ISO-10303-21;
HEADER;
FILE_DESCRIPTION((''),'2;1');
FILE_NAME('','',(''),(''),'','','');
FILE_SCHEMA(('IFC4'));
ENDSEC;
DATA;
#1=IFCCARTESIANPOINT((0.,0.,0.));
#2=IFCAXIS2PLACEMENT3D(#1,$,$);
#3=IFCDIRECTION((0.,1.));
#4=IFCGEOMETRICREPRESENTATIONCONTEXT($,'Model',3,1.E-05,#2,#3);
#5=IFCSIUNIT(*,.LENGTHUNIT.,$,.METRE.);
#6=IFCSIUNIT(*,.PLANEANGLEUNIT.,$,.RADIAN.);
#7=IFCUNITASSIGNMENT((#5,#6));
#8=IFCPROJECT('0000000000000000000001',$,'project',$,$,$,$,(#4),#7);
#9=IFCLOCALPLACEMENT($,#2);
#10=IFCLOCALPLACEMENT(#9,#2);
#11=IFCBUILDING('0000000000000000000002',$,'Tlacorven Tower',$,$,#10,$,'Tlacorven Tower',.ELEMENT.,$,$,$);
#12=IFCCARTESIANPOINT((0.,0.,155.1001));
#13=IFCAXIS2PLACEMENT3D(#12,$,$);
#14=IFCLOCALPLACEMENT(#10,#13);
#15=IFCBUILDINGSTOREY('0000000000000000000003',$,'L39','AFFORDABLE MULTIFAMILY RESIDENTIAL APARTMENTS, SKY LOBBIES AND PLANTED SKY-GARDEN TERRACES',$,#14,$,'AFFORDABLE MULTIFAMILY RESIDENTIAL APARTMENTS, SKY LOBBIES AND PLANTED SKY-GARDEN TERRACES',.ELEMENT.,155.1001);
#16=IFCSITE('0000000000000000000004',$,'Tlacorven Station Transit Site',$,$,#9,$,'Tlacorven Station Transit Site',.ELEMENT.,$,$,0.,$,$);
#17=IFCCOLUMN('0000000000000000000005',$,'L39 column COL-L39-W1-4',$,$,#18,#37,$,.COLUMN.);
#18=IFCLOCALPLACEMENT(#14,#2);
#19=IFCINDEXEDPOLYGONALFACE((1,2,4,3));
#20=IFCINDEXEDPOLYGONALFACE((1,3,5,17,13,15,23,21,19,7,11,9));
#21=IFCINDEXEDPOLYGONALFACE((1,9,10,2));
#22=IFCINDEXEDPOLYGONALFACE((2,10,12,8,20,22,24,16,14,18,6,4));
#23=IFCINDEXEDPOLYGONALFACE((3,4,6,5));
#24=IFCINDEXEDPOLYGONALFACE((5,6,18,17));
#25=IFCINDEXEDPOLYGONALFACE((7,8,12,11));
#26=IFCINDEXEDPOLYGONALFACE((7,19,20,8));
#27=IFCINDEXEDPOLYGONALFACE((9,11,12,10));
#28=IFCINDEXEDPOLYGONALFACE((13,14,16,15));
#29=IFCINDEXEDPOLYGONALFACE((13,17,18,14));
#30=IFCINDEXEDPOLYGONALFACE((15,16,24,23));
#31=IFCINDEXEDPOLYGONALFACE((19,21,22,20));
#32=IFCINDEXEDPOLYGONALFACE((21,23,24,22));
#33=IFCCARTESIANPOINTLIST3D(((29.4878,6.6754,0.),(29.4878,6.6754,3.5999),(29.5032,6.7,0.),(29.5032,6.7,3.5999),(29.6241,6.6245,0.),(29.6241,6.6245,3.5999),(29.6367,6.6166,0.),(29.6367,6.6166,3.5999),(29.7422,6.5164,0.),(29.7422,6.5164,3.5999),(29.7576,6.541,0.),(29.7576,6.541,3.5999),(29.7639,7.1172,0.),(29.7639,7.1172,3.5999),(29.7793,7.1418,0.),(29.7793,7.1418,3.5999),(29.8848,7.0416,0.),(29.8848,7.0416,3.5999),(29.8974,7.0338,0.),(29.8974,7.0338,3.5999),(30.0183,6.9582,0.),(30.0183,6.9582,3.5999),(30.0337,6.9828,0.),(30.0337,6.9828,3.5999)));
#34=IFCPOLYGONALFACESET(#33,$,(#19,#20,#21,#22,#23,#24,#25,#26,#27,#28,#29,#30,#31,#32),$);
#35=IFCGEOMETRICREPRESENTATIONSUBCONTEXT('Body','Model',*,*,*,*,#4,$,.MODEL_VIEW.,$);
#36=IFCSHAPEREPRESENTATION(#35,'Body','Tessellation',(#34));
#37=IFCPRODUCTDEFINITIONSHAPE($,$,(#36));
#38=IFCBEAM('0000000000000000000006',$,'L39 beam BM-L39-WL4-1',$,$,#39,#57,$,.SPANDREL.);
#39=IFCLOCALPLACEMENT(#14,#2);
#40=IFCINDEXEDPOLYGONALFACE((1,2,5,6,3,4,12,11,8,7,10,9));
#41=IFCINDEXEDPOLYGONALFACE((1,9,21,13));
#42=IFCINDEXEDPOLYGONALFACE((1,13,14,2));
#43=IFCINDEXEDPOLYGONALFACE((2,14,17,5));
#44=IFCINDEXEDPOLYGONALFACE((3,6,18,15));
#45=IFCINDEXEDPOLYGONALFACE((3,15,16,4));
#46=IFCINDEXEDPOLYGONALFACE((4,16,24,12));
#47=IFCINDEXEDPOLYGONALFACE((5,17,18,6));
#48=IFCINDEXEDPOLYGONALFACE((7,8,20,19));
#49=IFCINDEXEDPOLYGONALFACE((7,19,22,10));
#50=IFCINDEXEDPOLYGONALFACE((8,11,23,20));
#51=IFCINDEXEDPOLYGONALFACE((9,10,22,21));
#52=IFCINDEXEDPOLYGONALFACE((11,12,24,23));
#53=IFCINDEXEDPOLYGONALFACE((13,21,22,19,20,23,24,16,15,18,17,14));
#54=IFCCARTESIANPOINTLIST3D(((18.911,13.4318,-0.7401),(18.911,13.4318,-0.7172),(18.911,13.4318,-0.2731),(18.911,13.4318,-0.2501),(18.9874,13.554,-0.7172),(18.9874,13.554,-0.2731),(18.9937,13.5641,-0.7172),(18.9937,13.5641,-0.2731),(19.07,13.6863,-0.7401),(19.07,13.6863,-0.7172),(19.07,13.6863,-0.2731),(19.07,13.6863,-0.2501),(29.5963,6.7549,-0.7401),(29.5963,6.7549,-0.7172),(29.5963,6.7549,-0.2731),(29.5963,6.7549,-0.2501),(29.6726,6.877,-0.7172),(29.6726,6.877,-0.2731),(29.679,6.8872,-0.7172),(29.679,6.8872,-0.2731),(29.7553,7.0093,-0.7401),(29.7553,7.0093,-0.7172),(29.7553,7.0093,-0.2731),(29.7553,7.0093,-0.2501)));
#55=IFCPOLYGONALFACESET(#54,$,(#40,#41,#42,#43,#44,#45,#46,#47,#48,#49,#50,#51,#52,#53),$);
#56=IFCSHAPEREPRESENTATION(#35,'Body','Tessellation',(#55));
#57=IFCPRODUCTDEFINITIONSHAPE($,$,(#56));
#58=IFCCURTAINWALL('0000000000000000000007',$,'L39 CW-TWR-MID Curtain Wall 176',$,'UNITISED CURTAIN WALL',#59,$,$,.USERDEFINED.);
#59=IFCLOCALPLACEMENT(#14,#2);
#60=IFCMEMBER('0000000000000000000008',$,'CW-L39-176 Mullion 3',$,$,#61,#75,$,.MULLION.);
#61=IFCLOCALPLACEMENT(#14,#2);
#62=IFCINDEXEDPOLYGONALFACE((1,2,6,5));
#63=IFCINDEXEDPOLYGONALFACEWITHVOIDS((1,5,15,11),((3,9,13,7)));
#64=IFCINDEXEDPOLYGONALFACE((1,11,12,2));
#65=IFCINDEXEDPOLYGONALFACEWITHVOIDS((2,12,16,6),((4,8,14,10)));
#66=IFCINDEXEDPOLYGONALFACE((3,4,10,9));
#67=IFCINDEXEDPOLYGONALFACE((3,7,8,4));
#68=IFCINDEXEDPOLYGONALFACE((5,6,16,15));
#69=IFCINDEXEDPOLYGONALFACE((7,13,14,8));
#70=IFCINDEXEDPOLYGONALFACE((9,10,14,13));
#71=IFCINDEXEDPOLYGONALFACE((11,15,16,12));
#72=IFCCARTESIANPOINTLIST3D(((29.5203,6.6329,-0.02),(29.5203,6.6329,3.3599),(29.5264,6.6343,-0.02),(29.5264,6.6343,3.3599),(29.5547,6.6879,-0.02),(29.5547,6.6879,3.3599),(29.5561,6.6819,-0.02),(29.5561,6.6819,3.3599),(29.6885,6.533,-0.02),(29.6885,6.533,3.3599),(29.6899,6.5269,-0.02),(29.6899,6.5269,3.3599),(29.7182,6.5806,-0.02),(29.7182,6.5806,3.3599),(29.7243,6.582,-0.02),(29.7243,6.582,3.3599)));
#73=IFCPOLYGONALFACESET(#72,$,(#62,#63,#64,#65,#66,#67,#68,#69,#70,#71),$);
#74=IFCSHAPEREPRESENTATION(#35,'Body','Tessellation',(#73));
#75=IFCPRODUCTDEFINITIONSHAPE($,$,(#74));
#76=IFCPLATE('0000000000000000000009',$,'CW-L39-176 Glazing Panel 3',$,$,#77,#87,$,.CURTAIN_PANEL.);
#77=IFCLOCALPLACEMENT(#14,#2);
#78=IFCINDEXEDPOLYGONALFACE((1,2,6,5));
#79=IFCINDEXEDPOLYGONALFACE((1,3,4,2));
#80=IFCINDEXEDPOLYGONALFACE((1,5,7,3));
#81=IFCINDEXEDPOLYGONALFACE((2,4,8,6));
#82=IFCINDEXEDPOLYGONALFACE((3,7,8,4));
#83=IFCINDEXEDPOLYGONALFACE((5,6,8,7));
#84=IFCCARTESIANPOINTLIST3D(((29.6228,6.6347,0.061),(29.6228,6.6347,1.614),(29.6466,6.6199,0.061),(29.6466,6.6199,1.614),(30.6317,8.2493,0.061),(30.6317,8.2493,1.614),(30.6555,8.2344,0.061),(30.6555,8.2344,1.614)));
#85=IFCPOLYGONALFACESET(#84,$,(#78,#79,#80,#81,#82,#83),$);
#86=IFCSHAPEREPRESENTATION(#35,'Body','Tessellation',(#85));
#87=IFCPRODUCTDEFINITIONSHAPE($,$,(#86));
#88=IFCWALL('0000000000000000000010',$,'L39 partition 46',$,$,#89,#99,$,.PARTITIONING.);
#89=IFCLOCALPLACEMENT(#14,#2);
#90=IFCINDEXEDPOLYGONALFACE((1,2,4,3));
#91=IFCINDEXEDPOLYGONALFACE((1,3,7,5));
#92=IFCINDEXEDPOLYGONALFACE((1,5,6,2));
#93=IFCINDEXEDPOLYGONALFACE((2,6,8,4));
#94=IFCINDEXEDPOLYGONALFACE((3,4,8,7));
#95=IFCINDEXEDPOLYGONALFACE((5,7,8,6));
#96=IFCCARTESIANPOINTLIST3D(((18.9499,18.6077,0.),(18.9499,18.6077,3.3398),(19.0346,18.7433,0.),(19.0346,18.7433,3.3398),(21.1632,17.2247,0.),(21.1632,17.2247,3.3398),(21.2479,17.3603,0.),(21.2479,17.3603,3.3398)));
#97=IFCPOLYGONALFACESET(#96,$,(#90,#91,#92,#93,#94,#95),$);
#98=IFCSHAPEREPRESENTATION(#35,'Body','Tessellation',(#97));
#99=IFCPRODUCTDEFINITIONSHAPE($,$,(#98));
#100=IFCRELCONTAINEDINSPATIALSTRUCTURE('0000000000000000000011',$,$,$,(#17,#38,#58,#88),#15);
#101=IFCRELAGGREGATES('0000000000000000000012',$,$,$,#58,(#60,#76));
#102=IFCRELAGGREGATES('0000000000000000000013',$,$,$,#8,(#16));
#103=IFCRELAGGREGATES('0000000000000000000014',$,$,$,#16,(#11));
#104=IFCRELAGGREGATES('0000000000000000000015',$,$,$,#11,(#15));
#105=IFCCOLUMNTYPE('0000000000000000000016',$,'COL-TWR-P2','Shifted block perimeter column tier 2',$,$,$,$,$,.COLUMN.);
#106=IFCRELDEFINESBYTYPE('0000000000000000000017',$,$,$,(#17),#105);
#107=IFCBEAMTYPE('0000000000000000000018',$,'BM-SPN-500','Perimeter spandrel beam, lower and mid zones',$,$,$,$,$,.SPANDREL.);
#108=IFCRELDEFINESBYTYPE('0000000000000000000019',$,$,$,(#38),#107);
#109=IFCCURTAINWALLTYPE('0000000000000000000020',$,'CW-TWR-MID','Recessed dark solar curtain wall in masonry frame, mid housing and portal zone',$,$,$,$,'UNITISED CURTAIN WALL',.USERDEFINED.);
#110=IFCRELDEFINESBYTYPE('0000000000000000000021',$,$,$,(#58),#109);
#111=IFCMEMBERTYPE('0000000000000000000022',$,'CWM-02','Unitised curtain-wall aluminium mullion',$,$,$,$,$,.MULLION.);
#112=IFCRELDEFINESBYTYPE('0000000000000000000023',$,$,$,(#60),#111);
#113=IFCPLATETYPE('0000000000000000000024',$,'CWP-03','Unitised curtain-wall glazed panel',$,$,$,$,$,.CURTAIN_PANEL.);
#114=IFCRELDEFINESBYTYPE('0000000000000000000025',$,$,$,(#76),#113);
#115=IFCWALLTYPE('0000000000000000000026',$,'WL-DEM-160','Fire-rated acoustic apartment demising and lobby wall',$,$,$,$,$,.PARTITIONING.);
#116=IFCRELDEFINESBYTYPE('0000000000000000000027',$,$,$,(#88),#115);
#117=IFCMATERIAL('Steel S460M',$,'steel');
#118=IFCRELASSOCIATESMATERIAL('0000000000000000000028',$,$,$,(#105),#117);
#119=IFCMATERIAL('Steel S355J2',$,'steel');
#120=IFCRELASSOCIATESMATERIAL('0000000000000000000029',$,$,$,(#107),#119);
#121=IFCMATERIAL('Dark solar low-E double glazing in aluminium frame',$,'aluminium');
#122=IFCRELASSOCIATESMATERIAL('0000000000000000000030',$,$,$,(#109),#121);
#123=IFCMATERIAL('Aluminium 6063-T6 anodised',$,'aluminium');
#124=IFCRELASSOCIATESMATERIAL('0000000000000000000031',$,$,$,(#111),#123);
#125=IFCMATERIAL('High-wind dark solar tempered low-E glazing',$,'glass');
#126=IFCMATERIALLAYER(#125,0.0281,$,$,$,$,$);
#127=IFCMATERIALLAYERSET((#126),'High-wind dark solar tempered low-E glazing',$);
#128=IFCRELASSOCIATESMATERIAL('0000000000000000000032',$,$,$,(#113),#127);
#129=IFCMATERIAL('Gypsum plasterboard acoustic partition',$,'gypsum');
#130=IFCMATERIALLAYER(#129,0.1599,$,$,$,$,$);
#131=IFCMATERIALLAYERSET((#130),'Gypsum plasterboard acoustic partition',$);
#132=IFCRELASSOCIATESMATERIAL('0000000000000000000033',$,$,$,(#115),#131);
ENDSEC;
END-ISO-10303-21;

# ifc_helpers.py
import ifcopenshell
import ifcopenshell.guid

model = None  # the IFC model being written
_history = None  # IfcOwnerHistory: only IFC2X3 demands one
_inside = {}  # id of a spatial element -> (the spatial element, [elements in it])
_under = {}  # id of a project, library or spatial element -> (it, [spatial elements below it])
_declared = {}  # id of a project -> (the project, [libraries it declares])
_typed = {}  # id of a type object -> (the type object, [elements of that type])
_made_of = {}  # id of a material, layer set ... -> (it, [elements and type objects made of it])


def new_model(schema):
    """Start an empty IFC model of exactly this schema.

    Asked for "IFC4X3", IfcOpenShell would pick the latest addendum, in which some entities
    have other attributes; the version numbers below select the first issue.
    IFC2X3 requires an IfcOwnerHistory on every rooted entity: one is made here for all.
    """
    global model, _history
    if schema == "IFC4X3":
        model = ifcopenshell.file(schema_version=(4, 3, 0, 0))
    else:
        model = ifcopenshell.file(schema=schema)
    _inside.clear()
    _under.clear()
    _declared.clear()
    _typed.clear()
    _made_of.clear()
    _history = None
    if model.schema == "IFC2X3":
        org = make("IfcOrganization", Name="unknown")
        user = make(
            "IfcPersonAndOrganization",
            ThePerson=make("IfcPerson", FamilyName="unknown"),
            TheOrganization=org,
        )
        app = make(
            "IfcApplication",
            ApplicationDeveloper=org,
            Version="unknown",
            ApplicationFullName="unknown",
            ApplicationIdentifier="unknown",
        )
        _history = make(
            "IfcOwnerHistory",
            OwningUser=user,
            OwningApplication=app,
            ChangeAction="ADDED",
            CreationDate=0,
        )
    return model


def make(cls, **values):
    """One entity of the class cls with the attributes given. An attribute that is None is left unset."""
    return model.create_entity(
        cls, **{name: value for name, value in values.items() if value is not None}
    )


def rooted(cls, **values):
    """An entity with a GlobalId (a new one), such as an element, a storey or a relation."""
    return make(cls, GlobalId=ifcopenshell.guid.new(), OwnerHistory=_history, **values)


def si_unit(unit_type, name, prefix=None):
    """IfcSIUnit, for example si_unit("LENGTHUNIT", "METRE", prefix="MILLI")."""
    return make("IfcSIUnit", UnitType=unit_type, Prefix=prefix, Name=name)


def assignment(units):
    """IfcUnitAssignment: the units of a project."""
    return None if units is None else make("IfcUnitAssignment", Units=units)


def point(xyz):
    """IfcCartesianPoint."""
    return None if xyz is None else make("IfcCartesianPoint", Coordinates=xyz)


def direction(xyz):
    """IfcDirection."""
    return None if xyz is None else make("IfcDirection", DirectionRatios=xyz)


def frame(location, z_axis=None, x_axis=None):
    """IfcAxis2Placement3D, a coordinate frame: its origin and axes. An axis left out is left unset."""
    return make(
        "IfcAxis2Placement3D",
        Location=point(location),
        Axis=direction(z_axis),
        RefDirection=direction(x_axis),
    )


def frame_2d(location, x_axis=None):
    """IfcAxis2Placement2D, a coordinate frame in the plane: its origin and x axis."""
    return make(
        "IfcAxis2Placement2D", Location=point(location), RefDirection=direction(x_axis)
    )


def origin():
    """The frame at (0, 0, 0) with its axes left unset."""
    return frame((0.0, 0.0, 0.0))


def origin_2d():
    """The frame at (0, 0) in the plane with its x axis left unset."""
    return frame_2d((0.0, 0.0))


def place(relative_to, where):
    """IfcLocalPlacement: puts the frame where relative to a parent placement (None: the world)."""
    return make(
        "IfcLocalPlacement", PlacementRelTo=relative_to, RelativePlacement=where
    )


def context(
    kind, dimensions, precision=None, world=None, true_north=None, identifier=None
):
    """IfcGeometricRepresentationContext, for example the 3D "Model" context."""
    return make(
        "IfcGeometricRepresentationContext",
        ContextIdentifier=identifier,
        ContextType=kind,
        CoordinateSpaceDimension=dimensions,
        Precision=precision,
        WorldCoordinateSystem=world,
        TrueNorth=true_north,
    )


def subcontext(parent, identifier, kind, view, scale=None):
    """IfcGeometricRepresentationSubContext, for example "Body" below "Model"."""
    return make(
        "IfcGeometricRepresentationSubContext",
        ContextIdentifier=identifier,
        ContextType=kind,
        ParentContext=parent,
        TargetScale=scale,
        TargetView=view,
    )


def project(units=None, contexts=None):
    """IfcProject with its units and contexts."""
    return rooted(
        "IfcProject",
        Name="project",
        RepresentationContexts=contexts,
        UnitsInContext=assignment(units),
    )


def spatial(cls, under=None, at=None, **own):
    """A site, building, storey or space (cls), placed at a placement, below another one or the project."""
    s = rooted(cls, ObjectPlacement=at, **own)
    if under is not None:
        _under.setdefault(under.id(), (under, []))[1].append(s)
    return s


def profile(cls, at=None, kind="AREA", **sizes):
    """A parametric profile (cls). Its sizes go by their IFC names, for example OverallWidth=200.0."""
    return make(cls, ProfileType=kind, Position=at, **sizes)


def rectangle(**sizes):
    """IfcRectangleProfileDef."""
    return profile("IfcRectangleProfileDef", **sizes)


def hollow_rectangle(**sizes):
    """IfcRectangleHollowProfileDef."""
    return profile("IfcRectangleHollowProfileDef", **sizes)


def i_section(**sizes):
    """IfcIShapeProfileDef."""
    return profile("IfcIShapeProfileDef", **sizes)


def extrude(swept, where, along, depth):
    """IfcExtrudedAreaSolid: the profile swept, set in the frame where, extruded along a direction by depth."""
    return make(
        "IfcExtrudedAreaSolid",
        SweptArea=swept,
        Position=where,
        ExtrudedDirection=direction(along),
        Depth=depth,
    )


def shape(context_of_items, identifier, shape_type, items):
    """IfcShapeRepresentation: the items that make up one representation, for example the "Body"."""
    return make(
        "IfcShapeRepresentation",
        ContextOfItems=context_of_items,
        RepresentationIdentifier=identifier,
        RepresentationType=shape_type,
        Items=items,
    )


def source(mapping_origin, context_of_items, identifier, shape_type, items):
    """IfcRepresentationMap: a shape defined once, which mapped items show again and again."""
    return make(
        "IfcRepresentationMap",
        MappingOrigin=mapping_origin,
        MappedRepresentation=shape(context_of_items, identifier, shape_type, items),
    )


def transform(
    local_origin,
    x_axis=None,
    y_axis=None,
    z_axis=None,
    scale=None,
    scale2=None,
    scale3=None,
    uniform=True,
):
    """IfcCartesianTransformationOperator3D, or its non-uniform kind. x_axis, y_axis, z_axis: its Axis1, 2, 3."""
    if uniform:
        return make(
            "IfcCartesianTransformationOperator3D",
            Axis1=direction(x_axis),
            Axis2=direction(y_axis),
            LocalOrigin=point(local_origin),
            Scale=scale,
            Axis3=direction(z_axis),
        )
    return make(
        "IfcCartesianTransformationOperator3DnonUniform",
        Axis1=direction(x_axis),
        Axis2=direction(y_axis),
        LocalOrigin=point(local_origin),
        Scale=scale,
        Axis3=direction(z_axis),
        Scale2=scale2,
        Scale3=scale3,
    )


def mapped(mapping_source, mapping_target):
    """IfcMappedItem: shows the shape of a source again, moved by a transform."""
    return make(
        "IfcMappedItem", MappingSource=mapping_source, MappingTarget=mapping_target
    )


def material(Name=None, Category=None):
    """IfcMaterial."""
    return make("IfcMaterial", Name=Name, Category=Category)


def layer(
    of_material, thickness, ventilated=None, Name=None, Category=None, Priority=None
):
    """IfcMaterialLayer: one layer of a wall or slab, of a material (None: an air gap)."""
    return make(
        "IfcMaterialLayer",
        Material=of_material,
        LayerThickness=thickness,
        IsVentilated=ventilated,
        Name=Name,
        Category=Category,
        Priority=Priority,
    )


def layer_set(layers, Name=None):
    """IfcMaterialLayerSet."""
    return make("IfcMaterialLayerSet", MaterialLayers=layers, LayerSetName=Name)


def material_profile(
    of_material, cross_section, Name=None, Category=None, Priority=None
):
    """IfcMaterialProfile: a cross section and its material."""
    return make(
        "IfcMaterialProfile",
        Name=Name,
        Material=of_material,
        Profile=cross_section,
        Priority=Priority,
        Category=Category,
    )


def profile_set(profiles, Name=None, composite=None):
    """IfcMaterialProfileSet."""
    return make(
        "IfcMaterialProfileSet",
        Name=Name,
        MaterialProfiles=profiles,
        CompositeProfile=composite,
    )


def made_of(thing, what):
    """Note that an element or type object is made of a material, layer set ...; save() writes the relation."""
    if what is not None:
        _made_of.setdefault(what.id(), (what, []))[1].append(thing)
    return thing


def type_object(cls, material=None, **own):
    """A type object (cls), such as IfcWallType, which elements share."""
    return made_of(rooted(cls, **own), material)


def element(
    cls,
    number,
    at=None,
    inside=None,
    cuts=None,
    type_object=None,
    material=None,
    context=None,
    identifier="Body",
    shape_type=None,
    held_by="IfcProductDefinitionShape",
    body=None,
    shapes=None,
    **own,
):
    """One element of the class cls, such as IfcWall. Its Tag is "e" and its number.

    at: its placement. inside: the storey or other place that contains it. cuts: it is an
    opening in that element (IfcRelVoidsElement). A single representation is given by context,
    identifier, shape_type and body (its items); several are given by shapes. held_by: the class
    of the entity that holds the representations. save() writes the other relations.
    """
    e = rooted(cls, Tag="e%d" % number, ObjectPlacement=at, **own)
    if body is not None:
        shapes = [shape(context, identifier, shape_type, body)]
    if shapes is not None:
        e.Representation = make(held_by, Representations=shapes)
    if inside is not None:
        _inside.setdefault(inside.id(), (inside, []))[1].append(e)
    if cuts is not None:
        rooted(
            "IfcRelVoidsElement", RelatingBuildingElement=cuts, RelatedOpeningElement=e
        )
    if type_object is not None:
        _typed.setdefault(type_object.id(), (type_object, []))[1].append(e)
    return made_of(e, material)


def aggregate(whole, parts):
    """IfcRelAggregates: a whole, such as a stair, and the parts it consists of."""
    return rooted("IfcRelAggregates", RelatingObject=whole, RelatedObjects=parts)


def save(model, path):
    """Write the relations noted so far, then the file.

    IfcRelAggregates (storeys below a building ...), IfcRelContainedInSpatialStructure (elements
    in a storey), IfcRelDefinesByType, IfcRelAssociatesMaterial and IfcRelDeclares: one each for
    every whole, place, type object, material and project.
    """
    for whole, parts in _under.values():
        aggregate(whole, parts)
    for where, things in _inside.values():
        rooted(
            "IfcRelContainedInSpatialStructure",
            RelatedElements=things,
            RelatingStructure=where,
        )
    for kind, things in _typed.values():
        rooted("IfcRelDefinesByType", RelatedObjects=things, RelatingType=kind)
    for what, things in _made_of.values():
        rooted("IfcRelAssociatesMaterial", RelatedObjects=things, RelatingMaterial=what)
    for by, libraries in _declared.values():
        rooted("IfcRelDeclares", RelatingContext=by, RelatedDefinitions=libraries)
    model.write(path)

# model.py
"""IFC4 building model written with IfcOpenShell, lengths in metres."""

from ifc_helpers import new_model, si_unit, direction, frame, frame_2d, origin, origin_2d, place, context, subcontext, project, spatial, rectangle, hollow_rectangle, i_section, extrude, source, transform, mapped, material, layer, layer_set, material_profile, profile_set, type_object, element, aggregate, save


model = new_model("IFC4")

# Units and contexts
model_context = context("Model", 3, precision=1e-05, world=origin(), true_north=direction((0.0, 1.0)))
body_context = subcontext(model_context, "Body", "Model", "MODEL_VIEW")
ifc_project = project(units=[si_unit("LENGTHUNIT", "METRE"), si_unit("PLANEANGLEUNIT", "RADIAN")], contexts=[model_context])

# Site, building, storey
site_placement = place(None, origin())
site = spatial("IfcSite", under=ifc_project, at=site_placement, Name="Tlacorven Station Transit Site", LongName="Tlacorven Station Transit Site", CompositionType="ELEMENT", RefElevation=0.0)
building_placement = place(site_placement, origin())
building = spatial("IfcBuilding", under=site, at=building_placement, Name="Tlacorven Tower", LongName="Tlacorven Tower", CompositionType="ELEMENT")
storey_placement = place(building_placement, frame((0.0, 0.0, 155.1001)))
storey = spatial("IfcBuildingStorey", under=building, at=storey_placement, Name="L39", Description="AFFORDABLE MULTIFAMILY RESIDENTIAL APARTMENTS, SKY LOBBIES AND PLANTED SKY-GARDEN TERRACES", LongName="AFFORDABLE MULTIFAMILY RESIDENTIAL APARTMENTS, SKY LOBBIES AND PLANTED SKY-GARDEN TERRACES", CompositionType="ELEMENT", Elevation=155.1001)

# Column
ifc_material_1 = material(Name="Steel S460M", Category="steel")
ifc_material_profile_1 = material_profile(ifc_material_1, i_section(OverallWidth=0.3, OverallDepth=0.55, WebThickness=0.0149, FlangeThickness=0.0291, at=origin_2d()), Name="HEB 550")
ifc_profile_set_1 = profile_set([ifc_material_profile_1], Name="Steel S460M")
column_type = type_object("IfcColumnType", Name="COL-TWR-P2", Description="Shifted block perimeter column tier 2", PredefinedType="COLUMN", material=ifc_profile_set_1)
shared_shape_1 = source(origin(), body_context, "Body", "SweptSolid", [
    extrude(i_section(OverallWidth=0.3, OverallDepth=0.55, WebThickness=0.0149, FlangeThickness=0.0291, at=origin_2d()), origin(), (0.0, 0.0, 1.0), 3.5999),
])
column_placement = place(storey_placement, frame((29.7607, 6.8291, 0.0), z_axis=(0.0, 0.0, 1.0), x_axis=(-0.848048, 0.529919, 0.0)))
element("IfcColumn", 1, at=column_placement, inside=storey, type_object=column_type, Name="L39 column COL-L39-W1-4", PredefinedType="COLUMN", context=body_context, shape_type="MappedRepresentation", body=[
    mapped(shared_shape_1, transform((0.0, 0.0, 0.0), scale=1.0)),
])

# Beam
ifc_material_2 = material(Name="Steel S355J2", Category="steel")
ifc_material_profile_2 = material_profile(ifc_material_2, i_section(OverallWidth=0.3, OverallDepth=0.49, WebThickness=0.012, FlangeThickness=0.0229, at=origin_2d()), Name="HEA 500")
ifc_profile_set_2 = profile_set([ifc_material_profile_2], Name="Steel S355J2")
beam_type = type_object("IfcBeamType", Name="BM-SPN-500", Description="Perimeter spandrel beam, lower and mid zones", PredefinedType="SPANDREL", material=ifc_profile_set_2)
shared_shape_2 = source(origin(), body_context, "Body", "SweptSolid", [
    extrude(i_section(OverallWidth=0.3, OverallDepth=0.49, WebThickness=0.012, FlangeThickness=0.0229, at=origin_2d()), origin(), (0.0, 0.0, 1.0), 12.5999),
])
beam_placement = place(storey_placement, frame((29.6758, 6.8821, -0.4951), z_axis=(-0.848045, 0.529924, 0.0), x_axis=(-0.529924, -0.848045, 0.0)))
element("IfcBeam", 2, at=beam_placement, inside=storey, type_object=beam_type, Name="L39 beam BM-L39-WL4-1", PredefinedType="SPANDREL", context=body_context, shape_type="MappedRepresentation", body=[
    mapped(shared_shape_2, transform((0.0, 0.0, 0.0), scale=1.0)),
])

# Curtain wall, member, plate
ifc_material_3 = material(Name="Dark solar low-E double glazing in aluminium frame", Category="aluminium")
curtain_wall_type = type_object("IfcCurtainWallType", Name="CW-TWR-MID", Description="Recessed dark solar curtain wall in masonry frame, mid housing and portal zone", ElementType="UNITISED CURTAIN WALL", PredefinedType="USERDEFINED", material=ifc_material_3)
curtain_wall_placement = place(storey_placement, origin())
curtain_wall = element("IfcCurtainWall", 3, at=curtain_wall_placement, inside=storey, type_object=curtain_wall_type, Name="L39 CW-TWR-MID Curtain Wall 176", ObjectType="UNITISED CURTAIN WALL", PredefinedType="USERDEFINED")
ifc_material_4 = material(Name="Aluminium 6063-T6 anodised", Category="aluminium")
ifc_material_profile_3 = material_profile(ifc_material_4, hollow_rectangle(XDim=0.0649, YDim=0.2, WallThickness=0.0044, at=origin_2d()), Name="ALU MULLION 65X200")
ifc_profile_set_3 = profile_set([ifc_material_profile_3], Name="Aluminium 6063-T6 anodised")
member_type = type_object("IfcMemberType", Name="CWM-02", Description="Unitised curtain-wall aluminium mullion", PredefinedType="MULLION", material=ifc_profile_set_3)
shared_shape_3 = source(origin(), body_context, "Body", "SweptSolid", [
    extrude(hollow_rectangle(XDim=0.0649, YDim=0.2, WallThickness=0.0044, at=origin_2d()), origin(), (0.0, 0.0, 1.0), 3.3799),
])
member_placement = place(storey_placement, frame((29.6223, 6.6074, -0.02), z_axis=(0.0, 0.0, 1.0), x_axis=(-0.529919, -0.848048, 0.0)))
member = element("IfcMember", 4, at=member_placement, type_object=member_type, Name="CW-L39-176 Mullion 3", PredefinedType="MULLION", context=body_context, shape_type="MappedRepresentation", body=[
    mapped(shared_shape_3, transform((0.0, 0.0, 0.0), scale=1.0)),
])
ifc_material_5 = material(Name="High-wind dark solar tempered low-E glazing", Category="glass")
ifc_layer_1 = layer(ifc_material_5, 0.0281)
ifc_layer_set_1 = layer_set([ifc_layer_1], Name="High-wind dark solar tempered low-E glazing")
plate_type = type_object("IfcPlateType", Name="CWP-03", Description="Unitised curtain-wall glazed panel", PredefinedType="CURTAIN_PANEL", material=ifc_layer_set_1)
shared_shape_4 = source(origin(), body_context, "Body", "SweptSolid", [
    extrude(rectangle(XDim=1.9038, YDim=0.0281, at=origin_2d()), origin(), (0.0, 0.0, 1.0), 1.553),
])
plate_placement = place(storey_placement, frame((30.1392, 7.4346, 0.061), z_axis=(0.0, 0.0, 1.0), x_axis=(-0.529919, -0.848048, 0.0)))
plate = element("IfcPlate", 5, at=plate_placement, type_object=plate_type, Name="CW-L39-176 Glazing Panel 3", PredefinedType="CURTAIN_PANEL", context=body_context, shape_type="MappedRepresentation", body=[
    mapped(shared_shape_4, transform((0.0, 0.0, 0.0), scale=1.0)),
])
aggregate(curtain_wall, [member, plate])

# Wall
ifc_material_6 = material(Name="Gypsum plasterboard acoustic partition", Category="gypsum")
ifc_layer_2 = layer(ifc_material_6, 0.1599)
ifc_layer_set_2 = layer_set([ifc_layer_2], Name="Gypsum plasterboard acoustic partition")
wall_type_1 = type_object("IfcWallType", Name="WL-DEM-160", Description="Fire-rated acoustic apartment demising and lobby wall", PredefinedType="PARTITIONING", material=ifc_layer_set_2)
wall_1_placement = place(storey_placement, frame((21.2056, 17.2925, 0.0), z_axis=(0.0, 0.0, 1.0), x_axis=(-0.848051, 0.529915, 0.0)))
element("IfcWall", 6, at=wall_1_placement, inside=storey, type_object=wall_type_1, Name="L39 partition 46", PredefinedType="PARTITIONING", context=body_context, shape_type="SweptSolid", body=[
    extrude(rectangle(XDim=2.6099, YDim=0.1599, at=frame_2d((1.3049, 0.0))), origin(), (0.0, 0.0, 1.0), 3.3398),
])

save(model, "model.ifc")
